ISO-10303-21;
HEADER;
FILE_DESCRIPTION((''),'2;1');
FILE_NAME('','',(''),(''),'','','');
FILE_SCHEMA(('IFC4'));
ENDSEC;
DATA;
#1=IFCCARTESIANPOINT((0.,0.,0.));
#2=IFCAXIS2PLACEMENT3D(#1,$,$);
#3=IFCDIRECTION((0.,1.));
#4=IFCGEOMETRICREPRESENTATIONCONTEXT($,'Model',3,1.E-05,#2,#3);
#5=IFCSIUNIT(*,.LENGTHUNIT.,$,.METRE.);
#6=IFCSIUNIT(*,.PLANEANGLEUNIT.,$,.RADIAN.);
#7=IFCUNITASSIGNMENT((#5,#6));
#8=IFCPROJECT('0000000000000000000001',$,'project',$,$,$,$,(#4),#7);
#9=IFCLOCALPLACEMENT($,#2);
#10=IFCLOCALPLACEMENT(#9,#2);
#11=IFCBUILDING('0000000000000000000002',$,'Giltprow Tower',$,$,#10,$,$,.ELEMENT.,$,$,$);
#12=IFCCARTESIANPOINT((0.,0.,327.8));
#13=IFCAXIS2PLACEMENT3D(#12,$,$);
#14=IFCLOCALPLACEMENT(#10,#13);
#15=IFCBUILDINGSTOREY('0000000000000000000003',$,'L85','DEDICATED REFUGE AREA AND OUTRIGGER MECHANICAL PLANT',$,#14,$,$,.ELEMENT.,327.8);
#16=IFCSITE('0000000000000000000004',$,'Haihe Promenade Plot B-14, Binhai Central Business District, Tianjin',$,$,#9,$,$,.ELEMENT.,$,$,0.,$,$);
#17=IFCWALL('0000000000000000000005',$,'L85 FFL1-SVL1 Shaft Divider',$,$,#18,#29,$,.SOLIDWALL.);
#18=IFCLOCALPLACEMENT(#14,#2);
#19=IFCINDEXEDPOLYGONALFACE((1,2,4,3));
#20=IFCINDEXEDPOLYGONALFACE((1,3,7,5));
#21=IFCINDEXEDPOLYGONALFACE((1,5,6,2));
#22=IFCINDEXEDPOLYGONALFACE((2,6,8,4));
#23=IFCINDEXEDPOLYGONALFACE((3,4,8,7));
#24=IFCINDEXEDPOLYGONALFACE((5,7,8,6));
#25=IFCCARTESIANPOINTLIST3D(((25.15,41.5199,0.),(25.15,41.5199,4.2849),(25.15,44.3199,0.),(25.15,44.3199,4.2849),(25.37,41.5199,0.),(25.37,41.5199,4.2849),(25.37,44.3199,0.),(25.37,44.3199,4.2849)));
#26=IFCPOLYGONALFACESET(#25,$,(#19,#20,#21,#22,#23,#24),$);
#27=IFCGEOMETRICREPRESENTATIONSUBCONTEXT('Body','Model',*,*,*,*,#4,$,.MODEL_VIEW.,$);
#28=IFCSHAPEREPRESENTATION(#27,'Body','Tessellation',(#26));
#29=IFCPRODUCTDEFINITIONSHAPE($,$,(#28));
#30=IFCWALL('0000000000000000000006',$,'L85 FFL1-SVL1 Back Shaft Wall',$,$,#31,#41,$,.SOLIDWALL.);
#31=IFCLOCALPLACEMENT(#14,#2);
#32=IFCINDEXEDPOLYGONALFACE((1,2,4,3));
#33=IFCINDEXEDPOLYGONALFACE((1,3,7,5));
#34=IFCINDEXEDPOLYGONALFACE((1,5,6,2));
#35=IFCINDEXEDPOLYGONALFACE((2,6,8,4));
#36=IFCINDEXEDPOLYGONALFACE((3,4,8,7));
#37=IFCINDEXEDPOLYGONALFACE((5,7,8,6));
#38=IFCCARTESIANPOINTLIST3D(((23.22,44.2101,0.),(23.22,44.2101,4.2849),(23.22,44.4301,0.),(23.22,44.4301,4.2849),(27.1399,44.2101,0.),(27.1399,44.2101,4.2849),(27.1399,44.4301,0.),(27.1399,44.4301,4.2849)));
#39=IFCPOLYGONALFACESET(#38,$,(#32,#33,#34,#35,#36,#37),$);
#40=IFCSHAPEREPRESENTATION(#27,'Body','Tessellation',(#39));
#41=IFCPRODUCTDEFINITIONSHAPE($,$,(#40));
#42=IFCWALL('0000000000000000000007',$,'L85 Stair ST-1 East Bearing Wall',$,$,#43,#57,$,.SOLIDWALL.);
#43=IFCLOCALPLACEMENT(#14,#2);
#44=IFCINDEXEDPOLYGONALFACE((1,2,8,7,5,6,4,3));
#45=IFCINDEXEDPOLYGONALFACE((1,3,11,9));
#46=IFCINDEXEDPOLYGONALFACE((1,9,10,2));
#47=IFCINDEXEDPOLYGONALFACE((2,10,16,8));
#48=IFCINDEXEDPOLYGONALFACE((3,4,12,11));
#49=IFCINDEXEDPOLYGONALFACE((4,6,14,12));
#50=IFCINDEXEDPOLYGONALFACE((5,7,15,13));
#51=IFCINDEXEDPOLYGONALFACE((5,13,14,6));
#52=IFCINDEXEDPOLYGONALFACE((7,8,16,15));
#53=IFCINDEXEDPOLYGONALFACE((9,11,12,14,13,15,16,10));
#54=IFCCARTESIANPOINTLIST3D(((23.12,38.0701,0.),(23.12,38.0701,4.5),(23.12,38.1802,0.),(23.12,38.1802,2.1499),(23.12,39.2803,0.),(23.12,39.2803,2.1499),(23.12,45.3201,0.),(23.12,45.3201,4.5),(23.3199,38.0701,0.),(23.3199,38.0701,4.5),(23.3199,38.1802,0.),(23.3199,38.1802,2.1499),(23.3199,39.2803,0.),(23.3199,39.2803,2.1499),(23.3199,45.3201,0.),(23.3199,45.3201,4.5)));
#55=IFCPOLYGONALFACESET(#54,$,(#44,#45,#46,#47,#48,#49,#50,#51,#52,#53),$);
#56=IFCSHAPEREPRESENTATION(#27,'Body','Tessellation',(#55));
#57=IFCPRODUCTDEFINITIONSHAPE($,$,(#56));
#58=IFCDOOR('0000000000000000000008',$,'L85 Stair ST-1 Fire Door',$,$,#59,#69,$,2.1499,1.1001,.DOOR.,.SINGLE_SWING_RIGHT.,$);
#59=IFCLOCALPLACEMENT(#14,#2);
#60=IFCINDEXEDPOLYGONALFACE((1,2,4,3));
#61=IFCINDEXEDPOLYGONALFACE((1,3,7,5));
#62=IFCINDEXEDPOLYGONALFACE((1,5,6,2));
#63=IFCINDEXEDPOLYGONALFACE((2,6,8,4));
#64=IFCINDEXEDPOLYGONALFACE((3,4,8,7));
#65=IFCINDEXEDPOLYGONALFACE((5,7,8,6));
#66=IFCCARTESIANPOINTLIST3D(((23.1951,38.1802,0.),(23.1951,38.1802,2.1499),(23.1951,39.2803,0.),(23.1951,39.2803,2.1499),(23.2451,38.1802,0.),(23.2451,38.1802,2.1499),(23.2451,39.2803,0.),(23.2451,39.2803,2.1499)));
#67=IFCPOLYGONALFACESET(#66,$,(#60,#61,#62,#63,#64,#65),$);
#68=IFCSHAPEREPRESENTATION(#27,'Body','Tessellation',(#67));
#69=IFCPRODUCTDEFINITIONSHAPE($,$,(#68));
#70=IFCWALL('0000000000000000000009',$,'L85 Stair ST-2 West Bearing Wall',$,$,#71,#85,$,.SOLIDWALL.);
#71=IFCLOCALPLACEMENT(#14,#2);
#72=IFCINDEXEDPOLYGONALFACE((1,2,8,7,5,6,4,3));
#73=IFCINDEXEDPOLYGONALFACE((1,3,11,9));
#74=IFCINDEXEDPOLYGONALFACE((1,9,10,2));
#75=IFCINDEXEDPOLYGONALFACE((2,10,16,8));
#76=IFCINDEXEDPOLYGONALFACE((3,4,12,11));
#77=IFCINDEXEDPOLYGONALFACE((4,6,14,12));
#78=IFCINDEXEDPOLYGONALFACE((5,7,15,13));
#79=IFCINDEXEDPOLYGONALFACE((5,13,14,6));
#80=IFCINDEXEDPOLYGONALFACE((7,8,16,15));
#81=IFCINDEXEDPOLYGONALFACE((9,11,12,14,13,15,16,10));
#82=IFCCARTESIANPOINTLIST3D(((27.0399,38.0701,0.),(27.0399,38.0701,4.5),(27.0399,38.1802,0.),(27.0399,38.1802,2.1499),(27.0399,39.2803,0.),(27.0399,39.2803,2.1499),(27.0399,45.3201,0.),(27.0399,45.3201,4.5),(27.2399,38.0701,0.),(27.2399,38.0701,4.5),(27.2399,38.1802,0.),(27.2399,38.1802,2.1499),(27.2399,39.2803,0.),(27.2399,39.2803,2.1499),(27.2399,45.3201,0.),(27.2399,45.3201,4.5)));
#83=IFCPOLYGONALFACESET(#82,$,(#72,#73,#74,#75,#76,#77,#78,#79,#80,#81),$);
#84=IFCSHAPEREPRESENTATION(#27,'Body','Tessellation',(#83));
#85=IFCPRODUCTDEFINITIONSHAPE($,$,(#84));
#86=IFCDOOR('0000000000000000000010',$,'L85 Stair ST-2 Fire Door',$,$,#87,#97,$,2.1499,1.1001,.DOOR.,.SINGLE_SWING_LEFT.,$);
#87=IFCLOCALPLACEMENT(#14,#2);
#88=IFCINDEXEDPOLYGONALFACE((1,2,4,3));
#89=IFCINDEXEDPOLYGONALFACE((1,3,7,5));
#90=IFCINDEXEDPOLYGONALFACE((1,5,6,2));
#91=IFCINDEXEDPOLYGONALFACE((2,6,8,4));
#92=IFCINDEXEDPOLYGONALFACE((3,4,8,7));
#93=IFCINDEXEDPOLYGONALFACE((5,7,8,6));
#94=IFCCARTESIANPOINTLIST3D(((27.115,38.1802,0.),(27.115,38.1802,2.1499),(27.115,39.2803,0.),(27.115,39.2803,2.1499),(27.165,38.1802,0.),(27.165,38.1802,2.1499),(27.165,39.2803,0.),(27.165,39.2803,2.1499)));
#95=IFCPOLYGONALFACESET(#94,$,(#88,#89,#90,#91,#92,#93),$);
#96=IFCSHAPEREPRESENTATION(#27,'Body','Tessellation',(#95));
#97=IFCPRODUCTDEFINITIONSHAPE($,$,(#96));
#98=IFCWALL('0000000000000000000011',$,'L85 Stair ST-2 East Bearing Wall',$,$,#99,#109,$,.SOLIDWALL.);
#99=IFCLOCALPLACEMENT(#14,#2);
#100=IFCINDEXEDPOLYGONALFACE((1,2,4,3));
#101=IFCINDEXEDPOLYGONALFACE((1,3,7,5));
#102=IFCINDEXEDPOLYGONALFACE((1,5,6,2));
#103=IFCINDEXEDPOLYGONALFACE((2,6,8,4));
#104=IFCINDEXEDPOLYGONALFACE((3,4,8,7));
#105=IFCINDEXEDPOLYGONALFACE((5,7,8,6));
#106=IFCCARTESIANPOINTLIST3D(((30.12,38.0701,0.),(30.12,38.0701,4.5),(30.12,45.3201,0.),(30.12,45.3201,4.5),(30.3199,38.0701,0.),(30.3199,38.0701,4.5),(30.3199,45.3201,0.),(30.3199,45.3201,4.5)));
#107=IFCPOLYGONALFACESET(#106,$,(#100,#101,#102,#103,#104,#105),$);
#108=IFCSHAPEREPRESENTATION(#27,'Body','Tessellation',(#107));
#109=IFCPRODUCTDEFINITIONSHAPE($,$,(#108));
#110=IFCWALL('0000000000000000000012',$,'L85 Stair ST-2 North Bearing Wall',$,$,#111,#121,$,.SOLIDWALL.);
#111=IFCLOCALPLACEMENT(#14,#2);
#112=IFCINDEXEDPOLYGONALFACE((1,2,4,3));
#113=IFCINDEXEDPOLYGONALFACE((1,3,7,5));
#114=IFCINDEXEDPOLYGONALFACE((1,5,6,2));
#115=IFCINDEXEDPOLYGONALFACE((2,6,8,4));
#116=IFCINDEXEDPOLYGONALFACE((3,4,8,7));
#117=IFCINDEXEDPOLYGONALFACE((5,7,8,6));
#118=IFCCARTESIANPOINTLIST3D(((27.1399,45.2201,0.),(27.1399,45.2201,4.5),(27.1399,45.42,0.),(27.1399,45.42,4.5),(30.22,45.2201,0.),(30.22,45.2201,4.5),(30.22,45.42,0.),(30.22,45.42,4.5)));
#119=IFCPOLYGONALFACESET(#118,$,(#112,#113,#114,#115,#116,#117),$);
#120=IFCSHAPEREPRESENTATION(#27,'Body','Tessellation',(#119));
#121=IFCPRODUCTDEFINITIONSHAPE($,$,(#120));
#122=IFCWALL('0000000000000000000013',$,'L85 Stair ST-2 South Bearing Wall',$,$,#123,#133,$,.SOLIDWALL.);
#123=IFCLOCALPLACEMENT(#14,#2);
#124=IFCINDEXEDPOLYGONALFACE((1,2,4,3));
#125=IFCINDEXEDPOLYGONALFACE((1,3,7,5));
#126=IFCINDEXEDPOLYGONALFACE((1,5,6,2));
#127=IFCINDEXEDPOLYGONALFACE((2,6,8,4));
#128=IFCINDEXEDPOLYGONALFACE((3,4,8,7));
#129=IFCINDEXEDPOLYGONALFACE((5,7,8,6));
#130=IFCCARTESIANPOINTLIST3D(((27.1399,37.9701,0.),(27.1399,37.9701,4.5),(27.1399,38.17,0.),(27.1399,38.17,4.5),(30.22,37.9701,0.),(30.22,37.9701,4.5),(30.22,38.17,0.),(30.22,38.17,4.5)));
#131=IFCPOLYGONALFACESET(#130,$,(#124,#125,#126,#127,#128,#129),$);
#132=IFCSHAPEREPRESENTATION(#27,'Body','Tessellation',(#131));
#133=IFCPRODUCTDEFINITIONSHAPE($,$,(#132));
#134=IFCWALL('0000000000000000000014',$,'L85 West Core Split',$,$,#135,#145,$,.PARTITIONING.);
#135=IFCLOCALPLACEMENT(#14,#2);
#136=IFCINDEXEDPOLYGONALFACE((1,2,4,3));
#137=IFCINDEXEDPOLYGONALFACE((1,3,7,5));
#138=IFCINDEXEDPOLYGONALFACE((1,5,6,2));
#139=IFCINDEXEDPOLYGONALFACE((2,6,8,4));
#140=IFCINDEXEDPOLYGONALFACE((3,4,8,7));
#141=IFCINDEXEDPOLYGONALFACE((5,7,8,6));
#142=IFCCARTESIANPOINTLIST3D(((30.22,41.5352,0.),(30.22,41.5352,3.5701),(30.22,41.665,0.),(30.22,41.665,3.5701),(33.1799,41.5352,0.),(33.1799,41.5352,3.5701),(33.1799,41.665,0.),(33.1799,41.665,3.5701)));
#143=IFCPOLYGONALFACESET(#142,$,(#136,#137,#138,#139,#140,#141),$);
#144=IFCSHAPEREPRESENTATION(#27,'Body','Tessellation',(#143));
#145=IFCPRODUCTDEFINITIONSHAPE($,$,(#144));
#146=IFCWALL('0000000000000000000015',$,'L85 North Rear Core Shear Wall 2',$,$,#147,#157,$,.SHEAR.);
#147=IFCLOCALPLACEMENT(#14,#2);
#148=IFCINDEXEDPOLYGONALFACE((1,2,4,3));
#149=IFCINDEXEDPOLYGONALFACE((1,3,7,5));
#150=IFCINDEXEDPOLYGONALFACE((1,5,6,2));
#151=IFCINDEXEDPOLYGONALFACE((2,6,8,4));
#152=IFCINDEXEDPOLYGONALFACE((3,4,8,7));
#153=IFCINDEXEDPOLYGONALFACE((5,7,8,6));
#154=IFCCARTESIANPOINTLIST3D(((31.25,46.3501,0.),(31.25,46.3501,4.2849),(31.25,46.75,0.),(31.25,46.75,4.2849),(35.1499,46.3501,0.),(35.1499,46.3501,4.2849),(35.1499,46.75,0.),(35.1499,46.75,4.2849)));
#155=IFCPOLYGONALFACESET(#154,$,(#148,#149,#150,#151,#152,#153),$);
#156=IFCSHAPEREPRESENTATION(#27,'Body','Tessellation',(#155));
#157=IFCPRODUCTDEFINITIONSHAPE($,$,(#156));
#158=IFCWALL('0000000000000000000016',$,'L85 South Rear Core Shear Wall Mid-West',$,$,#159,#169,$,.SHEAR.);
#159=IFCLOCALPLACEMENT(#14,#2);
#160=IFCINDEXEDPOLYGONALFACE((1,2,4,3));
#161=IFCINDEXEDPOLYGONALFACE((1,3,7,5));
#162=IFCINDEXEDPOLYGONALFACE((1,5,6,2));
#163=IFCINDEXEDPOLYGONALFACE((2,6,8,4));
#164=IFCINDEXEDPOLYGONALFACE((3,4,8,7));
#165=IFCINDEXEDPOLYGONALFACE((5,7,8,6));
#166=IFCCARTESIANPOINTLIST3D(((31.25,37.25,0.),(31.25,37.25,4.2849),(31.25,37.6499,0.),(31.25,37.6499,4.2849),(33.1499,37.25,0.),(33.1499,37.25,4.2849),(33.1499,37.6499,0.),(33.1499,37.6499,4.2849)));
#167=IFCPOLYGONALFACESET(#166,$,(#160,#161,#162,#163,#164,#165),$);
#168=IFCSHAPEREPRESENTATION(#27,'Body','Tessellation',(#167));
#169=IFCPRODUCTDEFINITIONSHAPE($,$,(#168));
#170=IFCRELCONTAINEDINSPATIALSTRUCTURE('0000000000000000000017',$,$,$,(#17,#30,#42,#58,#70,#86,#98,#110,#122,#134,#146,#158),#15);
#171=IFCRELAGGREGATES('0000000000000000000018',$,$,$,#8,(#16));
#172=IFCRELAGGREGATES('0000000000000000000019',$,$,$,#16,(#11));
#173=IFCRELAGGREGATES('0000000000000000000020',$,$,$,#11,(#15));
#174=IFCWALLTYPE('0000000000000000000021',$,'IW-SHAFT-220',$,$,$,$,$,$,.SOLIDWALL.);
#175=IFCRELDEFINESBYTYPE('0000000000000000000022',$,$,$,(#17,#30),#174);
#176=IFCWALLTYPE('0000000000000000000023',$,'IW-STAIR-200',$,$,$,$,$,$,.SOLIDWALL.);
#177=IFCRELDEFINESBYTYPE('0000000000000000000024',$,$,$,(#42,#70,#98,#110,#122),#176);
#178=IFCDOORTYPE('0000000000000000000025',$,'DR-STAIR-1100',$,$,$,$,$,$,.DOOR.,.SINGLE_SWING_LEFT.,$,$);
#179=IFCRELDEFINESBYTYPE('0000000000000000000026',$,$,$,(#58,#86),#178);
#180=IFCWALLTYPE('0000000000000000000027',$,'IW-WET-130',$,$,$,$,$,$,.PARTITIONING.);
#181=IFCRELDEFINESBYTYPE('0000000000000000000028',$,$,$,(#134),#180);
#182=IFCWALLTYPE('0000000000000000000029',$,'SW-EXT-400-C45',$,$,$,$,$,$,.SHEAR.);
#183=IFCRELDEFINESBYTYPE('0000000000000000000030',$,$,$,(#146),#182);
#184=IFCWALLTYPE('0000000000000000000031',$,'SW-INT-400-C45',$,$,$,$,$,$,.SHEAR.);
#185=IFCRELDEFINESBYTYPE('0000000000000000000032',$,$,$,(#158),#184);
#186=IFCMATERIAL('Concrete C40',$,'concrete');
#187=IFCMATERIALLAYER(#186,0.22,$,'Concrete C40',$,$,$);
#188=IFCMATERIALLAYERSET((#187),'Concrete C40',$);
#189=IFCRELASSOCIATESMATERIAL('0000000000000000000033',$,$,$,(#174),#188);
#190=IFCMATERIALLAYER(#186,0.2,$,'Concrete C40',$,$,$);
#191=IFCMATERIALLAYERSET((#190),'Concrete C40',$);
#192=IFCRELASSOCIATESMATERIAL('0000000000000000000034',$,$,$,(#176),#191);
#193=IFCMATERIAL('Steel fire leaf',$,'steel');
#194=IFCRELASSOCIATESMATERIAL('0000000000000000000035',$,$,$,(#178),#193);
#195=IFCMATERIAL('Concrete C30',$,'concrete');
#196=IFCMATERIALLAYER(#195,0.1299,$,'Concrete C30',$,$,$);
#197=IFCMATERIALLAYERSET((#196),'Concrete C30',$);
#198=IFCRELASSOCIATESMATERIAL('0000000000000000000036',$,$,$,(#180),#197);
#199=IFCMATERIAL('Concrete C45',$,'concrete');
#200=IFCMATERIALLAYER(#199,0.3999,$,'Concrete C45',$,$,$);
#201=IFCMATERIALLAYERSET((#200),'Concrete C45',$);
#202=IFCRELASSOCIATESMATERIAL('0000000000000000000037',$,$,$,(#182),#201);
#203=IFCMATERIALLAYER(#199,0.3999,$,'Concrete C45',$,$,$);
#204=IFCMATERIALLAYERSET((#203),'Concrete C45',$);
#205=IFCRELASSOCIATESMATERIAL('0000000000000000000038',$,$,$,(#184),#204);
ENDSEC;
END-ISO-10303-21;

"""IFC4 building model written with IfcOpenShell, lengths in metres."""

from ifc_helpers import new_model, si_unit, direction, frame, frame_2d, origin, place, context, subcontext, project, spatial, rectangle, extrude, source, transform, mapped, material, layer, layer_set, type_object, element, fill, save


model = new_model("IFC4")

# Units and contexts
model_context = context("Model", 3, precision=1e-05, world=origin(), true_north=direction((0.0, 1.0)))
body_context = subcontext(model_context, "Body", "Model", "MODEL_VIEW")
ifc_project = project(units=[si_unit("LENGTHUNIT", "METRE"), si_unit("PLANEANGLEUNIT", "RADIAN")], contexts=[model_context])

# Site, building, storey
site_placement = place(None, origin())
site = spatial("IfcSite", under=ifc_project, at=site_placement, Name="Haihe Promenade Plot B-14, Binhai Central Business District, Tianjin", CompositionType="ELEMENT", RefElevation=0.0)
building_placement = place(site_placement, origin())
building = spatial("IfcBuilding", under=site, at=building_placement, Name="Giltprow Tower", CompositionType="ELEMENT")
storey_placement = place(building_placement, frame((0.0, 0.0, 327.8)))
storey = spatial("IfcBuildingStorey", under=building, at=storey_placement, Name="L85", Description="DEDICATED REFUGE AREA AND OUTRIGGER MECHANICAL PLANT", CompositionType="ELEMENT", Elevation=327.8)

# Shared definitions
ifc_material_1 = material(Name="Concrete C45", Category="concrete")

# Shared definitions
ifc_material_2 = material(Name="Concrete C40", Category="concrete")
ifc_layer_1 = layer(ifc_material_2, 0.22, Name="Concrete C40")
ifc_layer_set_1 = layer_set([ifc_layer_1], Name="Concrete C40")
wall_type_1 = type_object("IfcWallType", Name="IW-SHAFT-220", PredefinedType="SOLIDWALL", material=ifc_layer_set_1)

# Walls
wall_1_placement = place(storey_placement, frame((25.26, 41.52, 0.0), z_axis=(0.0, 0.0, 1.0), x_axis=(0.0, 1.0, 0.0)))
element("IfcWall", 1, at=wall_1_placement, inside=storey, type_object=wall_type_1, Name="L85 FFL1-SVL1 Shaft Divider", PredefinedType="SOLIDWALL", context=body_context, shape_type="SweptSolid", body=[
    extrude(rectangle(XDim=2.8, YDim=0.22, at=frame_2d((1.3999, 0.0))), origin(), (0.0, 0.0, 1.0), 4.2849),
])
wall_2_placement = place(storey_placement, frame((23.22, 44.3201, 0.0), z_axis=(0.0, 0.0, 1.0), x_axis=(1.0, 0.0, 0.0)))
element("IfcWall", 2, at=wall_2_placement, inside=storey, type_object=wall_type_1, Name="L85 FFL1-SVL1 Back Shaft Wall", PredefinedType="SOLIDWALL", context=body_context, shape_type="SweptSolid", body=[
    extrude(rectangle(XDim=3.9199, YDim=0.22, at=frame_2d((1.96, 0.0))), origin(), (0.0, 0.0, 1.0), 4.2849),
])

# Walls, openings, doors
ifc_layer_2 = layer(ifc_material_2, 0.2, Name="Concrete C40")
ifc_layer_set_2 = layer_set([ifc_layer_2], Name="Concrete C40")
wall_type_2 = type_object("IfcWallType", Name="IW-STAIR-200", PredefinedType="SOLIDWALL", material=ifc_layer_set_2)
wall_3_placement = place(storey_placement, frame((23.22, 38.0701, 0.0), z_axis=(0.0, 0.0, 1.0), x_axis=(0.0, 1.0, 0.0)))
wall_3 = element("IfcWall", 3, at=wall_3_placement, inside=storey, type_object=wall_type_2, Name="L85 Stair ST-1 East Bearing Wall", PredefinedType="SOLIDWALL", context=body_context, shape_type="SweptSolid", body=[
    extrude(rectangle(XDim=7.25, YDim=0.2, at=frame_2d((3.625, 0.0))), origin(), (0.0, 0.0, 1.0), 4.5),
])
opening_1_placement = place(wall_3_placement, frame((0.1101, 0.0, 0.0)))
opening_1 = element("IfcOpeningElement", 4, at=opening_1_placement, cuts=wall_3, PredefinedType="OPENING", context=body_context, shape_type="SweptSolid", body=[
    extrude(rectangle(XDim=1.1001, YDim=2.1499, at=frame_2d((0.55, 1.075))), frame((0.0, 0.1099, 0.0), z_axis=(0.0, -1.0, 0.0), x_axis=(1.0, 0.0, 0.0)), (0.0, 0.0, 1.0), 0.22),
])
ifc_material_3 = material(Name="Steel fire leaf", Category="steel")
door_type_1 = type_object("IfcDoorType", Name="DR-STAIR-1100", OperationType="SINGLE_SWING_LEFT", PredefinedType="DOOR", material=ifc_material_3)
shared_shape_1 = source(origin(), body_context, "Body", "SweptSolid", [
    extrude(rectangle(XDim=1.1001, YDim=2.1499, at=frame_2d((0.55, 1.075))), frame((0.0, 0.0249, 0.0), z_axis=(0.0, -1.0, 0.0), x_axis=(1.0, 0.0, 0.0)), (0.0, 0.0, 1.0), 0.05),
])
door_1_placement = place(opening_1_placement, origin())
door_1 = element("IfcDoor", 5, at=door_1_placement, inside=storey, type_object=door_type_1, Name="L85 Stair ST-1 Fire Door", OperationType="SINGLE_SWING_RIGHT", OverallHeight=2.1499, OverallWidth=1.1001, PredefinedType="DOOR", context=body_context, shape_type="MappedRepresentation", body=[
    mapped(shared_shape_1, transform((0.0, 0.0, 0.0), x_axis=(1.0, 0.0, 0.0), y_axis=(0.0, 1.0, 0.0), z_axis=(0.0, 0.0, 1.0), scale=1.0)),
])
fill(opening_1, door_1)
wall_4_placement = place(storey_placement, frame((27.1399, 38.0701, 0.0), z_axis=(0.0, 0.0, 1.0), x_axis=(0.0, 1.0, 0.0)))
wall_4 = element("IfcWall", 6, at=wall_4_placement, inside=storey, type_object=wall_type_2, Name="L85 Stair ST-2 West Bearing Wall", PredefinedType="SOLIDWALL", context=body_context, shape_type="SweptSolid", body=[
    extrude(rectangle(XDim=7.25, YDim=0.2, at=frame_2d((3.625, 0.0))), origin(), (0.0, 0.0, 1.0), 4.5),
])
opening_2_placement = place(wall_4_placement, frame((0.1101, 0.0, 0.0)))
opening_2 = element("IfcOpeningElement", 7, at=opening_2_placement, cuts=wall_4, PredefinedType="OPENING", context=body_context, shape_type="SweptSolid", body=[
    extrude(rectangle(XDim=1.1001, YDim=2.1499, at=frame_2d((0.55, 1.075))), frame((0.0, 0.1099, 0.0), z_axis=(0.0, -1.0, 0.0), x_axis=(1.0, 0.0, 0.0)), (0.0, 0.0, 1.0), 0.22),
])
door_2_placement = place(opening_2_placement, origin())
door_2 = element("IfcDoor", 8, at=door_2_placement, inside=storey, type_object=door_type_1, Name="L85 Stair ST-2 Fire Door", OperationType="SINGLE_SWING_LEFT", OverallHeight=2.1499, OverallWidth=1.1001, PredefinedType="DOOR", context=body_context, shape_type="MappedRepresentation", body=[
    mapped(shared_shape_1, transform((0.0, 0.0, 0.0), x_axis=(1.0, 0.0, 0.0), y_axis=(0.0, 1.0, 0.0), z_axis=(0.0, 0.0, 1.0), scale=1.0)),
])
fill(opening_2, door_2)

# Walls
wall_5_placement = place(storey_placement, frame((30.22, 38.0701, 0.0), z_axis=(0.0, 0.0, 1.0), x_axis=(0.0, 1.0, 0.0)))
element("IfcWall", 9, at=wall_5_placement, inside=storey, type_object=wall_type_2, Name="L85 Stair ST-2 East Bearing Wall", PredefinedType="SOLIDWALL", context=body_context, shape_type="SweptSolid", body=[
    extrude(rectangle(XDim=7.25, YDim=0.2, at=frame_2d((3.625, 0.0))), origin(), (0.0, 0.0, 1.0), 4.5),
])
for number, where, z_axis, x_axis, name in (
    (10, (27.1399, 45.3201, 0.0), (0.0, 0.0, 1.0), (1.0, 0.0, 0.0), "L85 Stair ST-2 North Bearing Wall"),
    (11, (27.1399, 38.0701, 0.0), (0.0, 0.0, 1.0), (1.0, 0.0, 0.0), "L85 Stair ST-2 South Bearing Wall"),
):
    element("IfcWall", number, at=place(storey_placement, frame(where, z_axis=z_axis, x_axis=x_axis)), inside=storey, type_object=wall_type_2, Name=name, PredefinedType="SOLIDWALL", context=body_context, shape_type="SweptSolid", body=[
        extrude(rectangle(XDim=3.0801, YDim=0.2, at=frame_2d((1.54, 0.0))), origin(), (0.0, 0.0, 1.0), 4.5),
    ])
ifc_material_4 = material(Name="Concrete C30", Category="concrete")
ifc_layer_3 = layer(ifc_material_4, 0.1299, Name="Concrete C30")
ifc_layer_set_3 = layer_set([ifc_layer_3], Name="Concrete C30")
wall_type_3 = type_object("IfcWallType", Name="IW-WET-130", PredefinedType="PARTITIONING", material=ifc_layer_set_3)
wall_6_placement = place(storey_placement, frame((30.22, 41.6001, 0.0), z_axis=(0.0, 0.0, 1.0), x_axis=(1.0, 0.0, 0.0)))
element("IfcWall", 12, at=wall_6_placement, inside=storey, type_object=wall_type_3, Name="L85 West Core Split", PredefinedType="PARTITIONING", context=body_context, shape_type="SweptSolid", body=[
    extrude(rectangle(XDim=2.96, YDim=0.1299, at=frame_2d((1.48, 0.0))), origin(), (0.0, 0.0, 1.0), 3.5701),
])
ifc_layer_4 = layer(ifc_material_1, 0.3999, Name="Concrete C45")
ifc_layer_set_4 = layer_set([ifc_layer_4], Name="Concrete C45")
wall_type_4 = type_object("IfcWallType", Name="SW-EXT-400-C45", PredefinedType="SHEAR", material=ifc_layer_set_4)
wall_7_placement = place(storey_placement, frame((31.25, 46.55, 0.0), z_axis=(0.0, 0.0, 1.0), x_axis=(1.0, 0.0, 0.0)))
element("IfcWall", 13, at=wall_7_placement, inside=storey, type_object=wall_type_4, Name="L85 North Rear Core Shear Wall 2", PredefinedType="SHEAR", context=body_context, shape_type="SweptSolid", body=[
    extrude(rectangle(XDim=3.8999, YDim=0.3999, at=frame_2d((1.95, 0.0))), origin(), (0.0, 0.0, 1.0), 4.2849),
])
ifc_layer_5 = layer(ifc_material_1, 0.3999, Name="Concrete C45")
ifc_layer_set_5 = layer_set([ifc_layer_5], Name="Concrete C45")
wall_type_5 = type_object("IfcWallType", Name="SW-INT-400-C45", PredefinedType="SHEAR", material=ifc_layer_set_5)
wall_8_placement = place(storey_placement, frame((31.25, 37.45, 0.0), z_axis=(0.0, 0.0, 1.0), x_axis=(1.0, 0.0, 0.0)))
element("IfcWall", 14, at=wall_8_placement, inside=storey, type_object=wall_type_5, Name="L85 South Rear Core Shear Wall Mid-West", PredefinedType="SHEAR", context=body_context, shape_type="SweptSolid", body=[
    extrude(rectangle(XDim=1.8999, YDim=0.3999, at=frame_2d((0.95, 0.0))), origin(), (0.0, 0.0, 1.0), 4.2849),
])

save(model, "model.ifc")
